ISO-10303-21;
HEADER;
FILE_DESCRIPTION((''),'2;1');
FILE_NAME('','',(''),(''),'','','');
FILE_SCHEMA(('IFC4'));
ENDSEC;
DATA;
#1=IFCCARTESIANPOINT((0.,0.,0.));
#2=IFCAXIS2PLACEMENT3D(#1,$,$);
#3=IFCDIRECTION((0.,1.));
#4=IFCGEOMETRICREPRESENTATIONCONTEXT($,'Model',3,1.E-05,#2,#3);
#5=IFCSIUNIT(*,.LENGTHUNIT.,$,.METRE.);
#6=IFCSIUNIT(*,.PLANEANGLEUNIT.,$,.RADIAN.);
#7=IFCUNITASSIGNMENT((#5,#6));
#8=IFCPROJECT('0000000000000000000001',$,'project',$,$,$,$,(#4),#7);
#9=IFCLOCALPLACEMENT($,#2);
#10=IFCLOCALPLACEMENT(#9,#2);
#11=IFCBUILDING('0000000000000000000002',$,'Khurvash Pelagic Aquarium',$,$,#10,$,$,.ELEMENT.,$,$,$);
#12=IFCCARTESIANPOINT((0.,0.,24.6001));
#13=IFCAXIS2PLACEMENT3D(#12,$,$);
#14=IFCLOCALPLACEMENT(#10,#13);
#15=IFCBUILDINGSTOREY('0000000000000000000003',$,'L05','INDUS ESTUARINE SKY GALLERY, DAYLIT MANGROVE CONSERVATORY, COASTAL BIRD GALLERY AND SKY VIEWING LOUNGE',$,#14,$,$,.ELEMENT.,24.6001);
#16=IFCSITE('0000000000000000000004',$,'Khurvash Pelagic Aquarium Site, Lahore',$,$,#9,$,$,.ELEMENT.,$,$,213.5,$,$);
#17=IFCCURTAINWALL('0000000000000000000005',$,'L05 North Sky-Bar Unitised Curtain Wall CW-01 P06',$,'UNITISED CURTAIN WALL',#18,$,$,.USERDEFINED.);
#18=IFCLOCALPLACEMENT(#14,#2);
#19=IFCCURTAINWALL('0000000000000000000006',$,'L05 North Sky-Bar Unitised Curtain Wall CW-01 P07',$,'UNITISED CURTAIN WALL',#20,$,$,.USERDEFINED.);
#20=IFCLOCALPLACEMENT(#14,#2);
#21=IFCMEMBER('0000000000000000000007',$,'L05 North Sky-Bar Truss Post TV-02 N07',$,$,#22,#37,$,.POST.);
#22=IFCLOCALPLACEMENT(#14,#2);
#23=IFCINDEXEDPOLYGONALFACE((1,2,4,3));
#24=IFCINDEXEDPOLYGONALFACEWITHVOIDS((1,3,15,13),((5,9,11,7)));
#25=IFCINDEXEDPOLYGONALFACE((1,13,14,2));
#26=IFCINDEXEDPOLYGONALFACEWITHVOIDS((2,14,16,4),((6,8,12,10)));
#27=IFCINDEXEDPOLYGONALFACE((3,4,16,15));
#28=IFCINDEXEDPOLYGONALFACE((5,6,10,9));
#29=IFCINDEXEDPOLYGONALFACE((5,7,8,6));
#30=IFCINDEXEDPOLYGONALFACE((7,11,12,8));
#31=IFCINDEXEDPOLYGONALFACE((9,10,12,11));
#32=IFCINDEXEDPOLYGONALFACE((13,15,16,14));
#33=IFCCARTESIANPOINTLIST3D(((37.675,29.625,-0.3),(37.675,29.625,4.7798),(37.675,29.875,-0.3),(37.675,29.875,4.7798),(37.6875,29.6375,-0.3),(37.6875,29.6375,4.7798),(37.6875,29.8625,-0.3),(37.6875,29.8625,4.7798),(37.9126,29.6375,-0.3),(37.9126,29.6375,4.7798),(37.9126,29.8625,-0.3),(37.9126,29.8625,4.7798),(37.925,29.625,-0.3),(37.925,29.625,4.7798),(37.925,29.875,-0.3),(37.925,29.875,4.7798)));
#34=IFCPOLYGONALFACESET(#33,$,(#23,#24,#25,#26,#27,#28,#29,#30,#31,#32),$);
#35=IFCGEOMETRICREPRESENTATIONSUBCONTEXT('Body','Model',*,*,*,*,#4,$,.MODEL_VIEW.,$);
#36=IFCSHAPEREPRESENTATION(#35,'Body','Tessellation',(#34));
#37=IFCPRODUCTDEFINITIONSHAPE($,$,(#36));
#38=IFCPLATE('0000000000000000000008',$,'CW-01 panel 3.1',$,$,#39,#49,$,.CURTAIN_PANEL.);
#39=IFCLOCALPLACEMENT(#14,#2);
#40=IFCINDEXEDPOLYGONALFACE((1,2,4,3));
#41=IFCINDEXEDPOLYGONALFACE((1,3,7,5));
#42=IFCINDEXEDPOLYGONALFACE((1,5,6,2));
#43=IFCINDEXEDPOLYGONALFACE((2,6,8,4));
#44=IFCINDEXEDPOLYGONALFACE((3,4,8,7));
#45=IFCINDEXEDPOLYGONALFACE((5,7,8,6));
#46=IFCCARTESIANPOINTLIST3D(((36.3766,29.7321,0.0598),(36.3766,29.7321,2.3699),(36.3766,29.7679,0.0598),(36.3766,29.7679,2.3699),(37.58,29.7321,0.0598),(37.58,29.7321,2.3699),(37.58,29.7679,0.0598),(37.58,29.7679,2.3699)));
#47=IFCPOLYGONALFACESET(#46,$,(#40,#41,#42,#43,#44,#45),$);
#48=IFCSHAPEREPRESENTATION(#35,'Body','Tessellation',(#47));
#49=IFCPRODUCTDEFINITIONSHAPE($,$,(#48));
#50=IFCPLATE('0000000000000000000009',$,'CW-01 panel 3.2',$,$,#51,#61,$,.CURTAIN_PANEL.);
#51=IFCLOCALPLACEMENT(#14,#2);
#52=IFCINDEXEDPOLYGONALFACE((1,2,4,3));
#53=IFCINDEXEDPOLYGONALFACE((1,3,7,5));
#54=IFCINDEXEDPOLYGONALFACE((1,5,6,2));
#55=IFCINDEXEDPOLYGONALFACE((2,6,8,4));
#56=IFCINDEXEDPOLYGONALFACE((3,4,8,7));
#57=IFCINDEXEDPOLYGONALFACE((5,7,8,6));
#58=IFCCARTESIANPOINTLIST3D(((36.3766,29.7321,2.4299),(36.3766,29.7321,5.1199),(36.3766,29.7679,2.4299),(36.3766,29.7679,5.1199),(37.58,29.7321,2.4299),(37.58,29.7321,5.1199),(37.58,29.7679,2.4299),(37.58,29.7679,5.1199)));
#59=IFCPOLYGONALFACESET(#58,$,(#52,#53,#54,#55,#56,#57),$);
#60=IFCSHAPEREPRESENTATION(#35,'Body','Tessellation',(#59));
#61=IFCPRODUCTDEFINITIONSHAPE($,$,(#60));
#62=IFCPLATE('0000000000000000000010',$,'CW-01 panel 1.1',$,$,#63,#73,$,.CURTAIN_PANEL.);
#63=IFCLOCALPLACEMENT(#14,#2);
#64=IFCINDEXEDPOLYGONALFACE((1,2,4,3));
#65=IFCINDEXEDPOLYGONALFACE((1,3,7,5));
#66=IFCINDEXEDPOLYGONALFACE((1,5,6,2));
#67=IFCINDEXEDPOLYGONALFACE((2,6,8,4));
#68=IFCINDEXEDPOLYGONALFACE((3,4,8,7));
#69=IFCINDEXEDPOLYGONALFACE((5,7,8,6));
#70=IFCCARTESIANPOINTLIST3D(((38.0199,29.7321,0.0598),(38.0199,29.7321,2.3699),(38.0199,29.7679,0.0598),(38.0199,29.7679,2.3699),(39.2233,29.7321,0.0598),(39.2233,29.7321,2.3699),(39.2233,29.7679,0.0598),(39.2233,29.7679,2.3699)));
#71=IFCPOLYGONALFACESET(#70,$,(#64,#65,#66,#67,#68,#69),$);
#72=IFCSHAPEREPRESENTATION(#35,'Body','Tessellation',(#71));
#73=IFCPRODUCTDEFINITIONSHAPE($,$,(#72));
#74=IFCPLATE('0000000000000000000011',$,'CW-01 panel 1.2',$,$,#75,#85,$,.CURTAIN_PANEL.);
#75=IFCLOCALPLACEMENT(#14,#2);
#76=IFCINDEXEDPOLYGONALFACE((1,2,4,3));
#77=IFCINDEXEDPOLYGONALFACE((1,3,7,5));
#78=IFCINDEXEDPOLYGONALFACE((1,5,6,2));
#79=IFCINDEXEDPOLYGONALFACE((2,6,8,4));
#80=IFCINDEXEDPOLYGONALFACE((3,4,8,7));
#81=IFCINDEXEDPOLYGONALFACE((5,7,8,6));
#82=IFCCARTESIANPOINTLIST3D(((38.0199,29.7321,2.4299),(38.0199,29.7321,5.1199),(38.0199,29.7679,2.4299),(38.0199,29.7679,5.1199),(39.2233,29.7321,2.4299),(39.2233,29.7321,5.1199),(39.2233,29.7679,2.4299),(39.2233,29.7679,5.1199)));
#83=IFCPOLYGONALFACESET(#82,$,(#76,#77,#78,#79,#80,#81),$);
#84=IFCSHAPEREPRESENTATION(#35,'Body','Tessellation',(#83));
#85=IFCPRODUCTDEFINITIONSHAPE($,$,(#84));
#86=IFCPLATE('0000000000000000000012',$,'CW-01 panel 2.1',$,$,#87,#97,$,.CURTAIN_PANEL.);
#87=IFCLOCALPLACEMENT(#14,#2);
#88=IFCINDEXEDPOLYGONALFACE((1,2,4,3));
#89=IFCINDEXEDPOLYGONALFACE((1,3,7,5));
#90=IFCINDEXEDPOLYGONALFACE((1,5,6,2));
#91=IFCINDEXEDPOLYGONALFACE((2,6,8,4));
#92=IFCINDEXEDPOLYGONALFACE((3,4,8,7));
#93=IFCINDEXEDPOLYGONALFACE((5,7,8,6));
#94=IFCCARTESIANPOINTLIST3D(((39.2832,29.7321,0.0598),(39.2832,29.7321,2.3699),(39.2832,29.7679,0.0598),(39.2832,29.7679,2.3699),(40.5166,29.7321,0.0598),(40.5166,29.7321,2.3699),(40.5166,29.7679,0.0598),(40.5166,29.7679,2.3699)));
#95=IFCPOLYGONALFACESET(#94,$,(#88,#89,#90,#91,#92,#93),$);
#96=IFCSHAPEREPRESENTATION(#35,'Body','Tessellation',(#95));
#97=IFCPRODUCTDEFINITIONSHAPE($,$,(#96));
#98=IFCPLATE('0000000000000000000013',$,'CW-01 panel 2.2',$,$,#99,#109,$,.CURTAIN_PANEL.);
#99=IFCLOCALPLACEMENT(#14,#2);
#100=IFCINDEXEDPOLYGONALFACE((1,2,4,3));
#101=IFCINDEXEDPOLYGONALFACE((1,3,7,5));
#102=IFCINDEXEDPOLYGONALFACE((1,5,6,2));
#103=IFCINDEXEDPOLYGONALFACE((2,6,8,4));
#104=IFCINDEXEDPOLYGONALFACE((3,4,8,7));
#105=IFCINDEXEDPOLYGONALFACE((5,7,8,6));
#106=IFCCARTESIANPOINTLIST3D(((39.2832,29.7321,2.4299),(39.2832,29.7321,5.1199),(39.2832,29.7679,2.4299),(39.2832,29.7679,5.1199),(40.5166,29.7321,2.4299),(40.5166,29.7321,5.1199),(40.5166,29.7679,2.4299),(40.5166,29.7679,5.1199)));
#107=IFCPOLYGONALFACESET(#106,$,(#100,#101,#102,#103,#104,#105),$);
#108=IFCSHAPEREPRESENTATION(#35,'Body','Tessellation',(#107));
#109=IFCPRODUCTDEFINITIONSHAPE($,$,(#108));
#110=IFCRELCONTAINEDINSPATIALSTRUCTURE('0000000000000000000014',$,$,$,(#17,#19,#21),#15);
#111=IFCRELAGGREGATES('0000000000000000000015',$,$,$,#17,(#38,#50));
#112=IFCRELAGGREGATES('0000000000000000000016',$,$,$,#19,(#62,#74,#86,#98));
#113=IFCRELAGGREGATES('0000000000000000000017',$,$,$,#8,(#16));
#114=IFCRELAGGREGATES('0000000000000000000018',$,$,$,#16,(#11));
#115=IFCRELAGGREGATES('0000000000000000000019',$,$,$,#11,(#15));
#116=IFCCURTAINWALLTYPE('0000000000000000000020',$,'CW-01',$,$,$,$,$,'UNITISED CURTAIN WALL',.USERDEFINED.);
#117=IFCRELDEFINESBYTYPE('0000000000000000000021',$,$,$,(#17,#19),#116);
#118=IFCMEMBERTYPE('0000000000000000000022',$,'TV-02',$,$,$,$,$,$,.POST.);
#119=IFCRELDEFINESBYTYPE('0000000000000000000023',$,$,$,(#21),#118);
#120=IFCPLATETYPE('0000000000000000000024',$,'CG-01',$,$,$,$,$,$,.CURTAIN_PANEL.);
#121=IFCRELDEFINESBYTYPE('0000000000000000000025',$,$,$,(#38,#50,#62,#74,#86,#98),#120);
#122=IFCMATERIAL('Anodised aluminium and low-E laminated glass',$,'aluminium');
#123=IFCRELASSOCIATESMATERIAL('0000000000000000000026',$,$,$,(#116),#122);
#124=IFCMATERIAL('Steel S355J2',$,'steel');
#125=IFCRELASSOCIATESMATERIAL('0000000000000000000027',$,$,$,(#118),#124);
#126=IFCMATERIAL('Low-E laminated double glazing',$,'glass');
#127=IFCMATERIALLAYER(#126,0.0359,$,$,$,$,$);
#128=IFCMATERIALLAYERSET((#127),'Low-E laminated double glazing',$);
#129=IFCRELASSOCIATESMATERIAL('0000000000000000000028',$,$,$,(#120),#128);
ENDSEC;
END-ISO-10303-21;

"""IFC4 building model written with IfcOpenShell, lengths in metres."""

from ifc_helpers import new_model, si_unit, direction, frame, origin, origin_2d, place, context, subcontext, project, spatial, rectangle, hollow_rectangle, extrude, material, layer, layer_set, material_profile, profile_set, type_object, element, aggregate, save


model = new_model("IFC4")

# Units and contexts
model_context = context("Model", 3, precision=1e-05, world=origin(), true_north=direction((0.0, 1.0)))
body_context = subcontext(model_context, "Body", "Model", "MODEL_VIEW")
ifc_project = project(units=[si_unit("LENGTHUNIT", "METRE"), si_unit("PLANEANGLEUNIT", "RADIAN")], contexts=[model_context])

# Site, building, storey
site_placement = place(None, origin())
site = spatial("IfcSite", under=ifc_project, at=site_placement, Name="Khurvash Pelagic Aquarium Site, Lahore", CompositionType="ELEMENT", RefElevation=213.5)
building_placement = place(site_placement, origin())
building = spatial("IfcBuilding", under=site, at=building_placement, Name="Khurvash Pelagic Aquarium", CompositionType="ELEMENT")
storey_placement = place(building_placement, frame((0.0, 0.0, 24.6001)))
storey = spatial("IfcBuildingStorey", under=building, at=storey_placement, Name="L05", Description="INDUS ESTUARINE SKY GALLERY, DAYLIT MANGROVE CONSERVATORY, COASTAL BIRD GALLERY AND SKY VIEWING LOUNGE", CompositionType="ELEMENT", Elevation=24.6001)

# Curtain walls
ifc_material_1 = material(Name="Anodised aluminium and low-E laminated glass", Category="aluminium")
curtain_wall_type = type_object("IfcCurtainWallType", Name="CW-01", ElementType="UNITISED CURTAIN WALL", PredefinedType="USERDEFINED", material=ifc_material_1)
curtain_wall_1_placement = place(storey_placement, origin())
curtain_wall_1 = element("IfcCurtainWall", 1, at=curtain_wall_1_placement, inside=storey, type_object=curtain_wall_type, Name="L05 North Sky-Bar Unitised Curtain Wall CW-01 P06", ObjectType="UNITISED CURTAIN WALL", PredefinedType="USERDEFINED")
curtain_wall_2_placement = place(storey_placement, origin())
curtain_wall_2 = element("IfcCurtainWall", 2, at=curtain_wall_2_placement, inside=storey, type_object=curtain_wall_type, Name="L05 North Sky-Bar Unitised Curtain Wall CW-01 P07", ObjectType="UNITISED CURTAIN WALL", PredefinedType="USERDEFINED")

# Member
ifc_material_2 = material(Name="Steel S355J2", Category="steel")
ifc_material_profile_1 = material_profile(ifc_material_2, hollow_rectangle(XDim=0.25, YDim=0.25, WallThickness=0.0125, at=origin_2d()), Name="SHS250X250X12")
ifc_profile_set_1 = profile_set([ifc_material_profile_1], Name="Steel S355J2")
member_type_1 = type_object("IfcMemberType", Name="TV-02", PredefinedType="POST", material=ifc_profile_set_1)
member_1_placement = place(storey_placement, frame((37.8, 29.75, -0.3), z_axis=(0.0, 0.0, 1.0), x_axis=(1.0, 0.0, 0.0)))
element("IfcMember", 3, at=member_1_placement, inside=storey, type_object=member_type_1, Name="L05 North Sky-Bar Truss Post TV-02 N07", PredefinedType="POST", context=body_context, shape_type="SweptSolid", body=[
    extrude(hollow_rectangle(XDim=0.25, YDim=0.25, WallThickness=0.0125, at=origin_2d()), origin(), (0.0, 0.0, 1.0), 5.0798),
])

# Plates
ifc_material_3 = material(Name="Low-E laminated double glazing", Category="glass")
ifc_layer = layer(ifc_material_3, 0.0359)
ifc_layer_set = layer_set([ifc_layer], Name="Low-E laminated double glazing")
plate_type = type_object("IfcPlateType", Name="CG-01", PredefinedType="CURTAIN_PANEL", material=ifc_layer_set)
plate_1_placement = place(storey_placement, frame((36.9783, 29.75, 0.0598), z_axis=(0.0, 0.0, 1.0), x_axis=(1.0, 0.0, 0.0)))
plate_1 = element("IfcPlate", 4, at=plate_1_placement, type_object=plate_type, Name="CW-01 panel 3.1", PredefinedType="CURTAIN_PANEL", context=body_context, shape_type="SweptSolid", body=[
    extrude(rectangle(XDim=1.2034, YDim=0.0359, at=origin_2d()), origin(), (0.0, 0.0, 1.0), 2.3101),
])
plate_2_placement = place(storey_placement, frame((36.9783, 29.75, 2.4299), z_axis=(0.0, 0.0, 1.0), x_axis=(1.0, 0.0, 0.0)))
plate_2 = element("IfcPlate", 5, at=plate_2_placement, type_object=plate_type, Name="CW-01 panel 3.2", PredefinedType="CURTAIN_PANEL", context=body_context, shape_type="SweptSolid", body=[
    extrude(rectangle(XDim=1.2034, YDim=0.0359, at=origin_2d()), origin(), (0.0, 0.0, 1.0), 2.6899),
])
aggregate(curtain_wall_1, [plate_1, plate_2])
plate_3_placement = place(storey_placement, frame((38.6216, 29.75, 0.0598), z_axis=(0.0, 0.0, 1.0), x_axis=(1.0, 0.0, 0.0)))
plate_3 = element("IfcPlate", 6, at=plate_3_placement, type_object=plate_type, Name="CW-01 panel 1.1", PredefinedType="CURTAIN_PANEL", context=body_context, shape_type="SweptSolid", body=[
    extrude(rectangle(XDim=1.2034, YDim=0.0359, at=origin_2d()), origin(), (0.0, 0.0, 1.0), 2.3101),
])
plate_4_placement = place(storey_placement, frame((38.6216, 29.75, 2.4299), z_axis=(0.0, 0.0, 1.0), x_axis=(1.0, 0.0, 0.0)))
plate_4 = element("IfcPlate", 7, at=plate_4_placement, type_object=plate_type, Name="CW-01 panel 1.2", PredefinedType="CURTAIN_PANEL", context=body_context, shape_type="SweptSolid", body=[
    extrude(rectangle(XDim=1.2034, YDim=0.0359, at=origin_2d()), origin(), (0.0, 0.0, 1.0), 2.6899),
])
plate_5_placement = place(storey_placement, frame((39.8999, 29.75, 0.0598), z_axis=(0.0, 0.0, 1.0), x_axis=(1.0, 0.0, 0.0)))
plate_5 = element("IfcPlate", 8, at=plate_5_placement, type_object=plate_type, Name="CW-01 panel 2.1", PredefinedType="CURTAIN_PANEL", context=body_context, shape_type="SweptSolid", body=[
    extrude(rectangle(XDim=1.2334, YDim=0.0359, at=origin_2d()), origin(), (0.0, 0.0, 1.0), 2.3101),
])
plate_6_placement = place(storey_placement, frame((39.8999, 29.75, 2.4299), z_axis=(0.0, 0.0, 1.0), x_axis=(1.0, 0.0, 0.0)))
plate_6 = element("IfcPlate", 9, at=plate_6_placement, type_object=plate_type, Name="CW-01 panel 2.2", PredefinedType="CURTAIN_PANEL", context=body_context, shape_type="SweptSolid", body=[
    extrude(rectangle(XDim=1.2334, YDim=0.0359, at=origin_2d()), origin(), (0.0, 0.0, 1.0), 2.6899),
])
aggregate(curtain_wall_2, [plate_3, plate_4, plate_5, plate_6])

save(model, "model.ifc")
